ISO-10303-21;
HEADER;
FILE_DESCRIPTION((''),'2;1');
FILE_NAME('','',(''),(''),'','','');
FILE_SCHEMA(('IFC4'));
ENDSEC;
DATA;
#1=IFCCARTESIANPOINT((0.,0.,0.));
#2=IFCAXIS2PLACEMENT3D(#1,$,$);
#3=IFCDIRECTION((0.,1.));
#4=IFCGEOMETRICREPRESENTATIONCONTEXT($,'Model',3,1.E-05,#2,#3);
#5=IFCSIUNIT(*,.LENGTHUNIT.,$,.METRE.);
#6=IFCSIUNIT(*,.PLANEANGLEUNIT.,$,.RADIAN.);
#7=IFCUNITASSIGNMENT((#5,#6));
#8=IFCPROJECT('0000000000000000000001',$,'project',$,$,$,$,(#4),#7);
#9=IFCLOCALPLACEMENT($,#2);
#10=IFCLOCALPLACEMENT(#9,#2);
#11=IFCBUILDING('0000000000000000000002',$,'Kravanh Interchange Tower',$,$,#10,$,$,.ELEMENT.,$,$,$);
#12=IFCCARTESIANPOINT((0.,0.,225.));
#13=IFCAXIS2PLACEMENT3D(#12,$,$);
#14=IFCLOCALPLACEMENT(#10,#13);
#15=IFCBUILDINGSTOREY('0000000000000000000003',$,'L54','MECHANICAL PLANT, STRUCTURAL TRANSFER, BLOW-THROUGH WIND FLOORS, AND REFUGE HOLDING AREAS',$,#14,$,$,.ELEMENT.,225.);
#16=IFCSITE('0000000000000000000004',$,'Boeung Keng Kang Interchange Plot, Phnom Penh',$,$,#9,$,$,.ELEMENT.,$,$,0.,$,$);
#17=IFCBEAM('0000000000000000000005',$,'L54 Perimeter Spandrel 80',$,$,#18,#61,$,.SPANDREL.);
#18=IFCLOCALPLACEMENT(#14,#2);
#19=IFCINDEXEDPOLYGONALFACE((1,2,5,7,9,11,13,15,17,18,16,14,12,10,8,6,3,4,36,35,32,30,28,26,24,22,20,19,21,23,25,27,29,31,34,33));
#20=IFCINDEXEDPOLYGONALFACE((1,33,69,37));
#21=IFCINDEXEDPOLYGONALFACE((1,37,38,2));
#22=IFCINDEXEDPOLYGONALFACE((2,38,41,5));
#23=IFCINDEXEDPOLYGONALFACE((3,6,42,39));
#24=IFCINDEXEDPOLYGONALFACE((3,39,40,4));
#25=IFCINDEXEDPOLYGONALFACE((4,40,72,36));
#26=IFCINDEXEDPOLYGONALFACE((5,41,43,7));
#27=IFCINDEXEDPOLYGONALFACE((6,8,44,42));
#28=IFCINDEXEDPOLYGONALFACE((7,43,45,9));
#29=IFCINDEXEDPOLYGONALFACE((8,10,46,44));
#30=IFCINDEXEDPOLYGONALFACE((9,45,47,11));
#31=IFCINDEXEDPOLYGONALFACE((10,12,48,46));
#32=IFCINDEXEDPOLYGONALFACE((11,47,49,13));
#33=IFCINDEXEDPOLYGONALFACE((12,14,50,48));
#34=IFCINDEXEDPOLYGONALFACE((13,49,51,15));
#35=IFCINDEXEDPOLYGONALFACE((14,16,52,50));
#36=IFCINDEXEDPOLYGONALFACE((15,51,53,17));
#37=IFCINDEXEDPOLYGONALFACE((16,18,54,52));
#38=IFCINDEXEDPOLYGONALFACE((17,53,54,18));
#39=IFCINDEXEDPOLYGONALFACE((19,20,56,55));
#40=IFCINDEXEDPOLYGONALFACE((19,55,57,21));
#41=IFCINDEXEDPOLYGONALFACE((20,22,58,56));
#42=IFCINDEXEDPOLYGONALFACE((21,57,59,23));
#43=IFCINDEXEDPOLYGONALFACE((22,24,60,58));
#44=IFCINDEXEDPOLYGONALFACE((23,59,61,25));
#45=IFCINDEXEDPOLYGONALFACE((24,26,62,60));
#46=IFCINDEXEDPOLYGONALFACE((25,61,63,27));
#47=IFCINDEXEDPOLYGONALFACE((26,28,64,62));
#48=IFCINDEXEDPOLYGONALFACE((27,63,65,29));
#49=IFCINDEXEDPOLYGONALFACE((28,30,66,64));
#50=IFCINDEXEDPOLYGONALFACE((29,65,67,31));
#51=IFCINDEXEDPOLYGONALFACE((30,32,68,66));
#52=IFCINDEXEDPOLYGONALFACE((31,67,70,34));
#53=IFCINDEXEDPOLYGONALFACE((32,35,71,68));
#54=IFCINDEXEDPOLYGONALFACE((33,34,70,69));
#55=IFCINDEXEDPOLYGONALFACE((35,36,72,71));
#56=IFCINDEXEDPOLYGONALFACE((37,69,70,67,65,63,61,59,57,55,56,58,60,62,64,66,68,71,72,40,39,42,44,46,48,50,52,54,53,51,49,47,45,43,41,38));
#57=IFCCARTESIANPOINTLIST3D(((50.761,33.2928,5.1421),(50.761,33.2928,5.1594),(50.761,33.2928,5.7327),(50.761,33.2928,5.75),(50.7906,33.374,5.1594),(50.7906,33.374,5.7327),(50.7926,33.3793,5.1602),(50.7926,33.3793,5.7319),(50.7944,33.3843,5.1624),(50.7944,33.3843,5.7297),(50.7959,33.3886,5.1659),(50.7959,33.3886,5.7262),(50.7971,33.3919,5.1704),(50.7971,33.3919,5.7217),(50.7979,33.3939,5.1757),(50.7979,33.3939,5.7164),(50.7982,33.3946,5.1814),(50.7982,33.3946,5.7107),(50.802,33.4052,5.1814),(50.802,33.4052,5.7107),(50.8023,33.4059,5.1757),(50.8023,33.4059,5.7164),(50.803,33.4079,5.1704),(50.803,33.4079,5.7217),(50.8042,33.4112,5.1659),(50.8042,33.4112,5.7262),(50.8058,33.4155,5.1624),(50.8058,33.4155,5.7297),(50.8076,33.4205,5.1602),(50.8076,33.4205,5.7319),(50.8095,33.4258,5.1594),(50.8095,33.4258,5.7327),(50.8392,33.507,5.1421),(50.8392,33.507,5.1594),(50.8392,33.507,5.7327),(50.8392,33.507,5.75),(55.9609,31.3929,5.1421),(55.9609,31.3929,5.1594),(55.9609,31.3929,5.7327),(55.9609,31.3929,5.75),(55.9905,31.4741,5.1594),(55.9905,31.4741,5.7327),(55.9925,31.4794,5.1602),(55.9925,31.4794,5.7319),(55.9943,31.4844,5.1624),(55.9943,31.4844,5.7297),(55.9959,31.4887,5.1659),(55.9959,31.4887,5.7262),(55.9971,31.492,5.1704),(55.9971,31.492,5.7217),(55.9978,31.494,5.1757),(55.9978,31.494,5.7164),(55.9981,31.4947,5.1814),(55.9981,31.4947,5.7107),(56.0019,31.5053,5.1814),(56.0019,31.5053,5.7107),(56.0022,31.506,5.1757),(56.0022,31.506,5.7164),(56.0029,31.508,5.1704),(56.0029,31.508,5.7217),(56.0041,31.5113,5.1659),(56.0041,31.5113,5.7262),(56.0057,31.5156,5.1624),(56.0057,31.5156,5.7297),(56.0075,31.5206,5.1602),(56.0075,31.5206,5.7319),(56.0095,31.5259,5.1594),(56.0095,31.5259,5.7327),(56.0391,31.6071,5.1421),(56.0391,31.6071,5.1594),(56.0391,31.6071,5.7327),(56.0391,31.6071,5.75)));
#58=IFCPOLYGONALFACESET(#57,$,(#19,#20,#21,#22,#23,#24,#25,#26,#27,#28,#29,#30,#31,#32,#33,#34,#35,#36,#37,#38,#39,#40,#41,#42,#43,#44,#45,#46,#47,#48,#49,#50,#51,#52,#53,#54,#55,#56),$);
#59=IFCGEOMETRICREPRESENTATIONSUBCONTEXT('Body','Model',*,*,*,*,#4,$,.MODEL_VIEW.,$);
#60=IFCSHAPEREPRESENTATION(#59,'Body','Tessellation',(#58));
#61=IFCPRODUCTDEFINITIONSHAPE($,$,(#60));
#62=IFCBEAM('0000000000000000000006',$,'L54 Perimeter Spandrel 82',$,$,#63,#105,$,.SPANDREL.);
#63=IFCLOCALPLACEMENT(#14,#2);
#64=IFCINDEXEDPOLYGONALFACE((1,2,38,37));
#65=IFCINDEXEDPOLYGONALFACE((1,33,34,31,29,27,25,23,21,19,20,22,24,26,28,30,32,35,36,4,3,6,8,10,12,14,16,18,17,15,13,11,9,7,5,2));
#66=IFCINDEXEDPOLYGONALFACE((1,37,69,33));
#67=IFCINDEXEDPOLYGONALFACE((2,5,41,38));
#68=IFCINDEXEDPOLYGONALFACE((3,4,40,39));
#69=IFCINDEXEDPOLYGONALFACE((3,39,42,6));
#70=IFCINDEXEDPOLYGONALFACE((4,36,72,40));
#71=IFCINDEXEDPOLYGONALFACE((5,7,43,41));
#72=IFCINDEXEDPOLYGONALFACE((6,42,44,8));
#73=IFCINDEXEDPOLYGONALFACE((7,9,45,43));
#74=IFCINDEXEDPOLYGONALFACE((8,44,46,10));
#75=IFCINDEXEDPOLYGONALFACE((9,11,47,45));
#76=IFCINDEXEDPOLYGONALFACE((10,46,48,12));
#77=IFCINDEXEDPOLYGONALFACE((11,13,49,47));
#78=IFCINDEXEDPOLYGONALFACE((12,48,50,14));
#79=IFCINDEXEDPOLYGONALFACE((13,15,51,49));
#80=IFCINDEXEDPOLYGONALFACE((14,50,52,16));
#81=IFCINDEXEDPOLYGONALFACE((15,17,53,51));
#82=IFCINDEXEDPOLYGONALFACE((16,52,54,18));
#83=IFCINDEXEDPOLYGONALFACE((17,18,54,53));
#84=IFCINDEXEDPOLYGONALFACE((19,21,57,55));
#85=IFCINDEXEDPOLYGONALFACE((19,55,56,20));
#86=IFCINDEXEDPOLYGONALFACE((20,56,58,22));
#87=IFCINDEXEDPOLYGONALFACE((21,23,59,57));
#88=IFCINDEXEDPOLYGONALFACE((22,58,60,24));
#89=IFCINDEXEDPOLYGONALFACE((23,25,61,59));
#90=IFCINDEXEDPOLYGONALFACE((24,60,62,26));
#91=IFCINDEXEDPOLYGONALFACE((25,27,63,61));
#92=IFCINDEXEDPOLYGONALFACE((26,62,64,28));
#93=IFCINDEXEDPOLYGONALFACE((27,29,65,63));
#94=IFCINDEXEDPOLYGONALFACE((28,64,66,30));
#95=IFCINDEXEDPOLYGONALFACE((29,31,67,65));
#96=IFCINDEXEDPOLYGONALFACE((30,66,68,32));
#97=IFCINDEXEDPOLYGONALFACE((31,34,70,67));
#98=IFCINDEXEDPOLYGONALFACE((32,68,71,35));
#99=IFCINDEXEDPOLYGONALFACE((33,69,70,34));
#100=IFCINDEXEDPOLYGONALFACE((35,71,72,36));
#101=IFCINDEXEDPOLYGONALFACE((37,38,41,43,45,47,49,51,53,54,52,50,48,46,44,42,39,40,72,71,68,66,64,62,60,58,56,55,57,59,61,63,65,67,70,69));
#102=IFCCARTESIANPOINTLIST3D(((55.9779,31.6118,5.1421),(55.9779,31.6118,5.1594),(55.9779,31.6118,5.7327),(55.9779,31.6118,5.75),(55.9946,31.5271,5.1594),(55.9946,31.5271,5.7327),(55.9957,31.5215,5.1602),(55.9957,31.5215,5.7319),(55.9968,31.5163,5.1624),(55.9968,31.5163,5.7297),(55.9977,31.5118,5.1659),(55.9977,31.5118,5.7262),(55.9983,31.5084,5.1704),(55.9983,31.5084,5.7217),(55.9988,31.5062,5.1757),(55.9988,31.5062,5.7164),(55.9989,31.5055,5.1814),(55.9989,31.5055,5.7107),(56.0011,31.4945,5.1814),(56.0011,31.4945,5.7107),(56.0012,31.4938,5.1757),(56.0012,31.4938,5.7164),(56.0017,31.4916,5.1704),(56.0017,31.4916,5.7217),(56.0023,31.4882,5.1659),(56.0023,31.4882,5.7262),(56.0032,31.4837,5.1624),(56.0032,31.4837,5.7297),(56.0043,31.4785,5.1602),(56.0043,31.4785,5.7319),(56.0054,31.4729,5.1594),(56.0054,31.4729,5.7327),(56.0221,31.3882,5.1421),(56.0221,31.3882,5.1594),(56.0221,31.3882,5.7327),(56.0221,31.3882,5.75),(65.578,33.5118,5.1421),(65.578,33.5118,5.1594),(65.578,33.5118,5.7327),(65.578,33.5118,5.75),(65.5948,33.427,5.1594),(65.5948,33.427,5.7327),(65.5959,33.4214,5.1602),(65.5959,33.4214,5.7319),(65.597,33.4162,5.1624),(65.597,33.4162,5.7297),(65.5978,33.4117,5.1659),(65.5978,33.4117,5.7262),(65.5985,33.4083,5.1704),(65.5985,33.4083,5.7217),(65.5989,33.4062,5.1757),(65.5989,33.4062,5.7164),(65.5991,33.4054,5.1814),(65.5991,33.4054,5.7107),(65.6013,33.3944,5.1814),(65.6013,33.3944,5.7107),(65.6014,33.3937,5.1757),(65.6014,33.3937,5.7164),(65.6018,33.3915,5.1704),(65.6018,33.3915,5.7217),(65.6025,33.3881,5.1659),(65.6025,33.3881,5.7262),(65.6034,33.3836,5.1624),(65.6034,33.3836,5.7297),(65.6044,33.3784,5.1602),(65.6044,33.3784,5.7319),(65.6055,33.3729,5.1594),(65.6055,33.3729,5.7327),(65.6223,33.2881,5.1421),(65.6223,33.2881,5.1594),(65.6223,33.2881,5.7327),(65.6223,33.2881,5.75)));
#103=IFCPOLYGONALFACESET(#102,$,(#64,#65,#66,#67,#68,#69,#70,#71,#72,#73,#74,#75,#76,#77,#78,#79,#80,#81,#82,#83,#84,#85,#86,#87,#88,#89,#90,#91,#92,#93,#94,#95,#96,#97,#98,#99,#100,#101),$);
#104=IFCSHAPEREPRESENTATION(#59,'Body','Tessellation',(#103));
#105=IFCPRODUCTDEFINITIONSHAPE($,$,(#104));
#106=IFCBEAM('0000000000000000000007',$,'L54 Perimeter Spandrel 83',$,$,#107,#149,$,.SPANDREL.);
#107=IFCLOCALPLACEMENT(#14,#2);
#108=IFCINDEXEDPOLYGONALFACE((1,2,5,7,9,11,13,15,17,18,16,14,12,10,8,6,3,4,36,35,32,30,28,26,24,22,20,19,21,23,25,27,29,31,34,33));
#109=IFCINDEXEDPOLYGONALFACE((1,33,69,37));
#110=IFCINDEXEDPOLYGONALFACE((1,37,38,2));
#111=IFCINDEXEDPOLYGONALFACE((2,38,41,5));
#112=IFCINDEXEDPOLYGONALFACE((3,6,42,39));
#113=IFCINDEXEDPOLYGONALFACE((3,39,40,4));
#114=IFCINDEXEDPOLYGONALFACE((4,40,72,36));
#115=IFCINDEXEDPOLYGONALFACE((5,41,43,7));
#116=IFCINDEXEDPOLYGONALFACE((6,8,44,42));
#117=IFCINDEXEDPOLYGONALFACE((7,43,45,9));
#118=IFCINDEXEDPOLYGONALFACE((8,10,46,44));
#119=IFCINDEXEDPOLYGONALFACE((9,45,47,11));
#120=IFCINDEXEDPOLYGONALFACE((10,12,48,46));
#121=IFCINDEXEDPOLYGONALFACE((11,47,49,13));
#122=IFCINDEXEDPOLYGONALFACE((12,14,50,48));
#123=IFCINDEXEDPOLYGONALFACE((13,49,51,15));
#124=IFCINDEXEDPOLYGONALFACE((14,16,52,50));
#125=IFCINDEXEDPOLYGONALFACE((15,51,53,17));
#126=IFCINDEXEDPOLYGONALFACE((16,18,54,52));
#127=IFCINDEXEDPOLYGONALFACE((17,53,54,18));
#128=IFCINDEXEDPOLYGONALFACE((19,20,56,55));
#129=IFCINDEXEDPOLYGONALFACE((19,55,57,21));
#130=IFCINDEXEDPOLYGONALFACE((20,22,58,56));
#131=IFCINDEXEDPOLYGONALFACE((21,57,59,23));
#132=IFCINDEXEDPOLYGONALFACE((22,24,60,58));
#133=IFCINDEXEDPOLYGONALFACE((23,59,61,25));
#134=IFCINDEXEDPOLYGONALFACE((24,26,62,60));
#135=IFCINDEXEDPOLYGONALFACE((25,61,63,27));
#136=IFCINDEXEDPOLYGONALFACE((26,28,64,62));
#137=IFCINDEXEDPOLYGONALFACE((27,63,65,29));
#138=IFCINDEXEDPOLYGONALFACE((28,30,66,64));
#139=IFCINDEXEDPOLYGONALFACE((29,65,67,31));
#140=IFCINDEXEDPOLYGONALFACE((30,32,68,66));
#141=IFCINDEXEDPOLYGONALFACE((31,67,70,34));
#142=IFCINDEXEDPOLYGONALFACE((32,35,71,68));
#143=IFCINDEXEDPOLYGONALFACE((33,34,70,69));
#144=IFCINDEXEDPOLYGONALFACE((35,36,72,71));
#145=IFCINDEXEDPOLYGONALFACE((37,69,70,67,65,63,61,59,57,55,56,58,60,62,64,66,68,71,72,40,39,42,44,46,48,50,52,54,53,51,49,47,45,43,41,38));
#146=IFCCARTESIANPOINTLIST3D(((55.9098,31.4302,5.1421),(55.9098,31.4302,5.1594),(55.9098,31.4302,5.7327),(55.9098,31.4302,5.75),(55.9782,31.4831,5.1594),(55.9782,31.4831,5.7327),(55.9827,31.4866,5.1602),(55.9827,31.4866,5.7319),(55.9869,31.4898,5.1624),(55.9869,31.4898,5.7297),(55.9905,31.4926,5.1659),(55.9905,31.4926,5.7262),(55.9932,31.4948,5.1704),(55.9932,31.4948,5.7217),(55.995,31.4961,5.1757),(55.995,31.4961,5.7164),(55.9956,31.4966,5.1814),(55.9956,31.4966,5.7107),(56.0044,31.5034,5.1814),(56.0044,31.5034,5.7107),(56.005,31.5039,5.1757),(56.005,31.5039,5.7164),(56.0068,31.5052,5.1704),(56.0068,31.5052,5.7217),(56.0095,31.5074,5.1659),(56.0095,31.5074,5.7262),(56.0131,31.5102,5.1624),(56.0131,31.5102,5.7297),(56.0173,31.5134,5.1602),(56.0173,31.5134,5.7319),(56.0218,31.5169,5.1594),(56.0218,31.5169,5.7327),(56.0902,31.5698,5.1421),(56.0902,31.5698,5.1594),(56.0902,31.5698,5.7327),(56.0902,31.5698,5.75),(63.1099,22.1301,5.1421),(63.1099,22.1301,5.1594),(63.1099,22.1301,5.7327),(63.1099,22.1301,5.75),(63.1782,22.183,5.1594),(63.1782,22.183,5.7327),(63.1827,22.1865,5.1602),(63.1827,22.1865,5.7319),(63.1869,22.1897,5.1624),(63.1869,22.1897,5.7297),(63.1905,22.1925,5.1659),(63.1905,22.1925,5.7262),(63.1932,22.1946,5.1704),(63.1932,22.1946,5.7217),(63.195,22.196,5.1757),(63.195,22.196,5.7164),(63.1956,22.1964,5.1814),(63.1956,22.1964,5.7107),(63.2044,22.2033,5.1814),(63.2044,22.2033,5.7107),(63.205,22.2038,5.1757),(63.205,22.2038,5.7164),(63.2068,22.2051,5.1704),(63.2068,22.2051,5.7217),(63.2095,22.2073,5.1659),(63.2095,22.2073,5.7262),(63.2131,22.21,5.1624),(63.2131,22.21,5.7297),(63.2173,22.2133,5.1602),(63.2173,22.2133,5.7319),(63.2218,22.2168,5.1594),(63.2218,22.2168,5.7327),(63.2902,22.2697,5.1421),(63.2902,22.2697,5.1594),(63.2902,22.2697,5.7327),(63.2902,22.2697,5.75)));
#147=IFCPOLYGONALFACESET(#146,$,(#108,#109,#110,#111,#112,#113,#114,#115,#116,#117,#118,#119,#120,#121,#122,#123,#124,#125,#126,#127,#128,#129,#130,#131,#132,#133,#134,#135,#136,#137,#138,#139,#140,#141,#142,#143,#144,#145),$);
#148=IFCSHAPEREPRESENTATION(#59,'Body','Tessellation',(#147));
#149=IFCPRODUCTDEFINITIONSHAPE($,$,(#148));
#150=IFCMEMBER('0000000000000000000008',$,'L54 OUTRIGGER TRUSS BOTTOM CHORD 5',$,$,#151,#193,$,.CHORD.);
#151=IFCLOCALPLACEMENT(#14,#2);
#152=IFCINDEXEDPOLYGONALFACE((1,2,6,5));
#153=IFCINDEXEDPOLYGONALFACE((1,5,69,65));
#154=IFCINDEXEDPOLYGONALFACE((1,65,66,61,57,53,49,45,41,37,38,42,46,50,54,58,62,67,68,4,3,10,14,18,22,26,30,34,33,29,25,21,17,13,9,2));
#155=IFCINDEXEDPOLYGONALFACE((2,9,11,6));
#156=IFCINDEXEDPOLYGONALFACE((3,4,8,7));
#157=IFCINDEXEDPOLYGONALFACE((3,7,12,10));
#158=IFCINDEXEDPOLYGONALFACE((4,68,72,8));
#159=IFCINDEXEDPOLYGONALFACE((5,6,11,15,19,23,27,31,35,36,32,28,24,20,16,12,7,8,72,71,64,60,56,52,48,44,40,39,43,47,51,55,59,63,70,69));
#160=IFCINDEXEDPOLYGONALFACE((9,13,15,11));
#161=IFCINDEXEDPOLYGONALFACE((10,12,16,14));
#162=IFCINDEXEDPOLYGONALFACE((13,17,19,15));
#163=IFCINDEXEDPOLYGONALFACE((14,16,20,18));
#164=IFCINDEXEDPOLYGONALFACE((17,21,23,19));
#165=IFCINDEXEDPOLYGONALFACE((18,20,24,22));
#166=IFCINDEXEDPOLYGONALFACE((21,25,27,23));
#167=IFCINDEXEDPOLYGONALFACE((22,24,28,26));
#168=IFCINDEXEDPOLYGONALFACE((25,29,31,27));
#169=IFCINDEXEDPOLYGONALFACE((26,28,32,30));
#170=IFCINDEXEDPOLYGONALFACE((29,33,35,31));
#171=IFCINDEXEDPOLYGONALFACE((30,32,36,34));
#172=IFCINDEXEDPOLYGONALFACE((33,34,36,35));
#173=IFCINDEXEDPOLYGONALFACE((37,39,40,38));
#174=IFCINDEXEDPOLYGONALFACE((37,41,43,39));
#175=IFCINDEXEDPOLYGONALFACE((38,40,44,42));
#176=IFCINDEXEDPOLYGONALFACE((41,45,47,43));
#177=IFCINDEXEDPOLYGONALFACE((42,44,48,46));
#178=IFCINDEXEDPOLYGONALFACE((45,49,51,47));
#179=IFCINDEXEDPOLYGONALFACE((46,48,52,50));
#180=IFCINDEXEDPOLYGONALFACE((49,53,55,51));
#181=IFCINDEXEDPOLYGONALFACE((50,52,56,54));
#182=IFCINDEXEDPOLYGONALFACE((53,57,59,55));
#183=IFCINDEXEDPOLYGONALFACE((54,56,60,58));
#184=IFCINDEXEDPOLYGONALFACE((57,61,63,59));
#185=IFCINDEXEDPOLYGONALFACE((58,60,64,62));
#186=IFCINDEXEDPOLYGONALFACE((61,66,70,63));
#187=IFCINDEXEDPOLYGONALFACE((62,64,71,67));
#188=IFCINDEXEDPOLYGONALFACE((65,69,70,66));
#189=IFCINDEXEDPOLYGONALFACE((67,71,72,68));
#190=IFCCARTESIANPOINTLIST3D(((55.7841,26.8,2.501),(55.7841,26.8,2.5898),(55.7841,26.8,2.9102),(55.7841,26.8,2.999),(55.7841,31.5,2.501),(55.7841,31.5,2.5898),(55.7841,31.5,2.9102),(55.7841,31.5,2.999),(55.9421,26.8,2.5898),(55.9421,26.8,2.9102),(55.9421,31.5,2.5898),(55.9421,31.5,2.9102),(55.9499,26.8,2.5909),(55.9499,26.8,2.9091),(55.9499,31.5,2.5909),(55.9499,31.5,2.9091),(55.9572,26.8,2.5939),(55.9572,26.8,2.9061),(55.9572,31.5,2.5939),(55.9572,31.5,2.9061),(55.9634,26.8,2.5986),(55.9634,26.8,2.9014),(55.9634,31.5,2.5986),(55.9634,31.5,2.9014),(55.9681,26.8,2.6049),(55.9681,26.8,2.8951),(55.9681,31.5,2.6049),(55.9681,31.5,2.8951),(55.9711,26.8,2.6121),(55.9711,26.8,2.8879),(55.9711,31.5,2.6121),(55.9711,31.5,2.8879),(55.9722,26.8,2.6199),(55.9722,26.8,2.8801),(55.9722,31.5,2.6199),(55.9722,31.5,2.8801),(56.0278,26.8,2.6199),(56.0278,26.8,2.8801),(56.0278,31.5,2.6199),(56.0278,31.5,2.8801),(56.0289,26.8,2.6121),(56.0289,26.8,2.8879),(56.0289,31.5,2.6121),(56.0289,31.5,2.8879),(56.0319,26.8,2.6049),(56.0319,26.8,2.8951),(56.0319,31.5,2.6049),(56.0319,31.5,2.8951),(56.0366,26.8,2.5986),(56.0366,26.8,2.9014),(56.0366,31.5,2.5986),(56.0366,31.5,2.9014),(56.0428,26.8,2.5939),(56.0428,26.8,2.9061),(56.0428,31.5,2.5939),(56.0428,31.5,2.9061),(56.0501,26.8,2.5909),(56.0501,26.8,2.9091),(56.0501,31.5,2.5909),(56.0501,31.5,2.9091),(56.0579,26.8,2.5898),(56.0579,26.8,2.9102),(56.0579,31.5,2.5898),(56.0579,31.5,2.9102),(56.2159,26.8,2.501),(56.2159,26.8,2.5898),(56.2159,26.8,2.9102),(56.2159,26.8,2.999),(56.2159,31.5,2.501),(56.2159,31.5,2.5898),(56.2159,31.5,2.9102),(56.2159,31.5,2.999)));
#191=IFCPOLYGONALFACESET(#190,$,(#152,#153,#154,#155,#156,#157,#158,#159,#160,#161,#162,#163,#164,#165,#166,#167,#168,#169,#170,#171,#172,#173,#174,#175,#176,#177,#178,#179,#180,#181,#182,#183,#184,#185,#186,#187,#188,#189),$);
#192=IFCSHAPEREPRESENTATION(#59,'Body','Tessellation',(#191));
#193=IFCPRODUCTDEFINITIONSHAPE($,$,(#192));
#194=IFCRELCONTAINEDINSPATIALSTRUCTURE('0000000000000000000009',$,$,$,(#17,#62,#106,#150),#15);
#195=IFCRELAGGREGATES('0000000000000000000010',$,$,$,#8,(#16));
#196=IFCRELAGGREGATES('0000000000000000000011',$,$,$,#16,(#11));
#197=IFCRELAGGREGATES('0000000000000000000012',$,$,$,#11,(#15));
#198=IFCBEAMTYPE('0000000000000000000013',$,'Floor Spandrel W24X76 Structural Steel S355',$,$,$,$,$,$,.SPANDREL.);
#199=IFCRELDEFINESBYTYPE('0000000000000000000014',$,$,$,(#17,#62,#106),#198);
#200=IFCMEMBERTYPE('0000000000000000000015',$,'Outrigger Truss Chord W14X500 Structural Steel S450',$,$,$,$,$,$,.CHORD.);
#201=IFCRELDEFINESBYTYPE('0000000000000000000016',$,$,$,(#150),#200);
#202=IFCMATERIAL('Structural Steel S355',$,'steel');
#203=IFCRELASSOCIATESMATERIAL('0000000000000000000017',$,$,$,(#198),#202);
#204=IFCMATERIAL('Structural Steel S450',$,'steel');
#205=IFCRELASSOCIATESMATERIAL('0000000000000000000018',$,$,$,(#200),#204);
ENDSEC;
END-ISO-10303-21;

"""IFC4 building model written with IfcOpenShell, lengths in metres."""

from ifc_helpers import new_model, si_unit, direction, frame, origin, origin_2d, place, context, subcontext, project, spatial, i_section, extrude, material, material_profile, profile_set, type_object, element, save


model = new_model("IFC4")

# Units and contexts
model_context = context("Model", 3, precision=1e-05, world=origin(), true_north=direction((0.0, 1.0)))
body_context = subcontext(model_context, "Body", "Model", "MODEL_VIEW")
ifc_project = project(units=[si_unit("LENGTHUNIT", "METRE"), si_unit("PLANEANGLEUNIT", "RADIAN")], contexts=[model_context])

# Site, building, storey
site_placement = place(None, origin())
site = spatial("IfcSite", under=ifc_project, at=site_placement, Name="Boeung Keng Kang Interchange Plot, Phnom Penh", CompositionType="ELEMENT", RefElevation=0.0)
building_placement = place(site_placement, origin())
building = spatial("IfcBuilding", under=site, at=building_placement, Name="Kravanh Interchange Tower", CompositionType="ELEMENT")
storey_placement = place(building_placement, frame((0.0, 0.0, 225.0)))
storey = spatial("IfcBuildingStorey", under=building, at=storey_placement, Name="L54", Description="MECHANICAL PLANT, STRUCTURAL TRANSFER, BLOW-THROUGH WIND FLOORS, AND REFUGE HOLDING AREAS", CompositionType="ELEMENT", Elevation=225.0)

# Beams
ifc_material_1 = material(Name="Structural Steel S355", Category="steel")
ifc_material_profile_1 = material_profile(ifc_material_1, i_section(OverallWidth=0.228, OverallDepth=0.6079, WebThickness=0.0112, FlangeThickness=0.0173, FilletRadius=0.022, at=origin_2d()), Name="W24X76")
ifc_profile_set_1 = profile_set([ifc_material_profile_1], Name="Structural Steel S355")
beam_type_1 = type_object("IfcBeamType", Name="Floor Spandrel W24X76 Structural Steel S355", PredefinedType="SPANDREL", material=ifc_profile_set_1)
beam_1_placement = place(storey_placement, frame((56.0, 31.5, 5.446), z_axis=(-0.93927, 0.34318, 0.0), x_axis=(-0.34318, -0.93927, 0.0)))
element("IfcBeam", 1, at=beam_1_placement, inside=storey, type_object=beam_type_1, Name="L54 Perimeter Spandrel 80", PredefinedType="SPANDREL", context=body_context, shape_type="SweptSolid", body=[
    extrude(i_section(OverallWidth=0.228, OverallDepth=0.6079, WebThickness=0.0112, FlangeThickness=0.0173, FilletRadius=0.022, at=origin_2d()), origin(), (0.0, 0.0, 1.0), 5.5361),
])
beam_2_placement = place(storey_placement, frame((56.0, 31.5, 5.446), z_axis=(0.980974, 0.194139, 0.0), x_axis=(-0.194139, 0.980974, 0.0)))
element("IfcBeam", 2, at=beam_2_placement, inside=storey, type_object=beam_type_1, Name="L54 Perimeter Spandrel 82", PredefinedType="SPANDREL", context=body_context, shape_type="SweptSolid", body=[
    extrude(i_section(OverallWidth=0.228, OverallDepth=0.6079, WebThickness=0.0112, FlangeThickness=0.0173, FilletRadius=0.022, at=origin_2d()), origin(), (0.0, 0.0, 1.0), 9.7864),
])
beam_3_placement = place(storey_placement, frame((56.0, 31.5, 5.446), z_axis=(0.612169, -0.790727, 0.0), x_axis=(0.790727, 0.612169, 0.0)))
element("IfcBeam", 3, at=beam_3_placement, inside=storey, type_object=beam_type_1, Name="L54 Perimeter Spandrel 83", PredefinedType="SPANDREL", context=body_context, shape_type="SweptSolid", body=[
    extrude(i_section(OverallWidth=0.228, OverallDepth=0.6079, WebThickness=0.0112, FlangeThickness=0.0173, FilletRadius=0.022, at=origin_2d()), origin(), (0.0, 0.0, 1.0), 11.7615),
])

# Member
ifc_material_2 = material(Name="Structural Steel S450", Category="steel")
ifc_material_profile_2 = material_profile(ifc_material_2, i_section(OverallWidth=0.4319, OverallDepth=0.498, WebThickness=0.0557, FlangeThickness=0.0889, FilletRadius=0.03, at=origin_2d()), Name="W14X500")
ifc_profile_set_2 = profile_set([ifc_material_profile_2], Name="Structural Steel S450")
member_type_1 = type_object("IfcMemberType", Name="Outrigger Truss Chord W14X500 Structural Steel S450", PredefinedType="CHORD", material=ifc_profile_set_2)
member_placement = place(storey_placement, frame((56.0, 31.5, 2.75), z_axis=(0.0, -1.0, 0.0), x_axis=(1.0, 0.0, 0.0)))
element("IfcMember", 4, at=member_placement, inside=storey, type_object=member_type_1, Name="L54 OUTRIGGER TRUSS BOTTOM CHORD 5", PredefinedType="CHORD", context=body_context, shape_type="SweptSolid", body=[
    extrude(i_section(OverallWidth=0.4319, OverallDepth=0.498, WebThickness=0.0557, FlangeThickness=0.0889, FilletRadius=0.03, at=origin_2d()), origin(), (0.0, 0.0, 1.0), 4.7),
])

save(model, "model.ifc")
